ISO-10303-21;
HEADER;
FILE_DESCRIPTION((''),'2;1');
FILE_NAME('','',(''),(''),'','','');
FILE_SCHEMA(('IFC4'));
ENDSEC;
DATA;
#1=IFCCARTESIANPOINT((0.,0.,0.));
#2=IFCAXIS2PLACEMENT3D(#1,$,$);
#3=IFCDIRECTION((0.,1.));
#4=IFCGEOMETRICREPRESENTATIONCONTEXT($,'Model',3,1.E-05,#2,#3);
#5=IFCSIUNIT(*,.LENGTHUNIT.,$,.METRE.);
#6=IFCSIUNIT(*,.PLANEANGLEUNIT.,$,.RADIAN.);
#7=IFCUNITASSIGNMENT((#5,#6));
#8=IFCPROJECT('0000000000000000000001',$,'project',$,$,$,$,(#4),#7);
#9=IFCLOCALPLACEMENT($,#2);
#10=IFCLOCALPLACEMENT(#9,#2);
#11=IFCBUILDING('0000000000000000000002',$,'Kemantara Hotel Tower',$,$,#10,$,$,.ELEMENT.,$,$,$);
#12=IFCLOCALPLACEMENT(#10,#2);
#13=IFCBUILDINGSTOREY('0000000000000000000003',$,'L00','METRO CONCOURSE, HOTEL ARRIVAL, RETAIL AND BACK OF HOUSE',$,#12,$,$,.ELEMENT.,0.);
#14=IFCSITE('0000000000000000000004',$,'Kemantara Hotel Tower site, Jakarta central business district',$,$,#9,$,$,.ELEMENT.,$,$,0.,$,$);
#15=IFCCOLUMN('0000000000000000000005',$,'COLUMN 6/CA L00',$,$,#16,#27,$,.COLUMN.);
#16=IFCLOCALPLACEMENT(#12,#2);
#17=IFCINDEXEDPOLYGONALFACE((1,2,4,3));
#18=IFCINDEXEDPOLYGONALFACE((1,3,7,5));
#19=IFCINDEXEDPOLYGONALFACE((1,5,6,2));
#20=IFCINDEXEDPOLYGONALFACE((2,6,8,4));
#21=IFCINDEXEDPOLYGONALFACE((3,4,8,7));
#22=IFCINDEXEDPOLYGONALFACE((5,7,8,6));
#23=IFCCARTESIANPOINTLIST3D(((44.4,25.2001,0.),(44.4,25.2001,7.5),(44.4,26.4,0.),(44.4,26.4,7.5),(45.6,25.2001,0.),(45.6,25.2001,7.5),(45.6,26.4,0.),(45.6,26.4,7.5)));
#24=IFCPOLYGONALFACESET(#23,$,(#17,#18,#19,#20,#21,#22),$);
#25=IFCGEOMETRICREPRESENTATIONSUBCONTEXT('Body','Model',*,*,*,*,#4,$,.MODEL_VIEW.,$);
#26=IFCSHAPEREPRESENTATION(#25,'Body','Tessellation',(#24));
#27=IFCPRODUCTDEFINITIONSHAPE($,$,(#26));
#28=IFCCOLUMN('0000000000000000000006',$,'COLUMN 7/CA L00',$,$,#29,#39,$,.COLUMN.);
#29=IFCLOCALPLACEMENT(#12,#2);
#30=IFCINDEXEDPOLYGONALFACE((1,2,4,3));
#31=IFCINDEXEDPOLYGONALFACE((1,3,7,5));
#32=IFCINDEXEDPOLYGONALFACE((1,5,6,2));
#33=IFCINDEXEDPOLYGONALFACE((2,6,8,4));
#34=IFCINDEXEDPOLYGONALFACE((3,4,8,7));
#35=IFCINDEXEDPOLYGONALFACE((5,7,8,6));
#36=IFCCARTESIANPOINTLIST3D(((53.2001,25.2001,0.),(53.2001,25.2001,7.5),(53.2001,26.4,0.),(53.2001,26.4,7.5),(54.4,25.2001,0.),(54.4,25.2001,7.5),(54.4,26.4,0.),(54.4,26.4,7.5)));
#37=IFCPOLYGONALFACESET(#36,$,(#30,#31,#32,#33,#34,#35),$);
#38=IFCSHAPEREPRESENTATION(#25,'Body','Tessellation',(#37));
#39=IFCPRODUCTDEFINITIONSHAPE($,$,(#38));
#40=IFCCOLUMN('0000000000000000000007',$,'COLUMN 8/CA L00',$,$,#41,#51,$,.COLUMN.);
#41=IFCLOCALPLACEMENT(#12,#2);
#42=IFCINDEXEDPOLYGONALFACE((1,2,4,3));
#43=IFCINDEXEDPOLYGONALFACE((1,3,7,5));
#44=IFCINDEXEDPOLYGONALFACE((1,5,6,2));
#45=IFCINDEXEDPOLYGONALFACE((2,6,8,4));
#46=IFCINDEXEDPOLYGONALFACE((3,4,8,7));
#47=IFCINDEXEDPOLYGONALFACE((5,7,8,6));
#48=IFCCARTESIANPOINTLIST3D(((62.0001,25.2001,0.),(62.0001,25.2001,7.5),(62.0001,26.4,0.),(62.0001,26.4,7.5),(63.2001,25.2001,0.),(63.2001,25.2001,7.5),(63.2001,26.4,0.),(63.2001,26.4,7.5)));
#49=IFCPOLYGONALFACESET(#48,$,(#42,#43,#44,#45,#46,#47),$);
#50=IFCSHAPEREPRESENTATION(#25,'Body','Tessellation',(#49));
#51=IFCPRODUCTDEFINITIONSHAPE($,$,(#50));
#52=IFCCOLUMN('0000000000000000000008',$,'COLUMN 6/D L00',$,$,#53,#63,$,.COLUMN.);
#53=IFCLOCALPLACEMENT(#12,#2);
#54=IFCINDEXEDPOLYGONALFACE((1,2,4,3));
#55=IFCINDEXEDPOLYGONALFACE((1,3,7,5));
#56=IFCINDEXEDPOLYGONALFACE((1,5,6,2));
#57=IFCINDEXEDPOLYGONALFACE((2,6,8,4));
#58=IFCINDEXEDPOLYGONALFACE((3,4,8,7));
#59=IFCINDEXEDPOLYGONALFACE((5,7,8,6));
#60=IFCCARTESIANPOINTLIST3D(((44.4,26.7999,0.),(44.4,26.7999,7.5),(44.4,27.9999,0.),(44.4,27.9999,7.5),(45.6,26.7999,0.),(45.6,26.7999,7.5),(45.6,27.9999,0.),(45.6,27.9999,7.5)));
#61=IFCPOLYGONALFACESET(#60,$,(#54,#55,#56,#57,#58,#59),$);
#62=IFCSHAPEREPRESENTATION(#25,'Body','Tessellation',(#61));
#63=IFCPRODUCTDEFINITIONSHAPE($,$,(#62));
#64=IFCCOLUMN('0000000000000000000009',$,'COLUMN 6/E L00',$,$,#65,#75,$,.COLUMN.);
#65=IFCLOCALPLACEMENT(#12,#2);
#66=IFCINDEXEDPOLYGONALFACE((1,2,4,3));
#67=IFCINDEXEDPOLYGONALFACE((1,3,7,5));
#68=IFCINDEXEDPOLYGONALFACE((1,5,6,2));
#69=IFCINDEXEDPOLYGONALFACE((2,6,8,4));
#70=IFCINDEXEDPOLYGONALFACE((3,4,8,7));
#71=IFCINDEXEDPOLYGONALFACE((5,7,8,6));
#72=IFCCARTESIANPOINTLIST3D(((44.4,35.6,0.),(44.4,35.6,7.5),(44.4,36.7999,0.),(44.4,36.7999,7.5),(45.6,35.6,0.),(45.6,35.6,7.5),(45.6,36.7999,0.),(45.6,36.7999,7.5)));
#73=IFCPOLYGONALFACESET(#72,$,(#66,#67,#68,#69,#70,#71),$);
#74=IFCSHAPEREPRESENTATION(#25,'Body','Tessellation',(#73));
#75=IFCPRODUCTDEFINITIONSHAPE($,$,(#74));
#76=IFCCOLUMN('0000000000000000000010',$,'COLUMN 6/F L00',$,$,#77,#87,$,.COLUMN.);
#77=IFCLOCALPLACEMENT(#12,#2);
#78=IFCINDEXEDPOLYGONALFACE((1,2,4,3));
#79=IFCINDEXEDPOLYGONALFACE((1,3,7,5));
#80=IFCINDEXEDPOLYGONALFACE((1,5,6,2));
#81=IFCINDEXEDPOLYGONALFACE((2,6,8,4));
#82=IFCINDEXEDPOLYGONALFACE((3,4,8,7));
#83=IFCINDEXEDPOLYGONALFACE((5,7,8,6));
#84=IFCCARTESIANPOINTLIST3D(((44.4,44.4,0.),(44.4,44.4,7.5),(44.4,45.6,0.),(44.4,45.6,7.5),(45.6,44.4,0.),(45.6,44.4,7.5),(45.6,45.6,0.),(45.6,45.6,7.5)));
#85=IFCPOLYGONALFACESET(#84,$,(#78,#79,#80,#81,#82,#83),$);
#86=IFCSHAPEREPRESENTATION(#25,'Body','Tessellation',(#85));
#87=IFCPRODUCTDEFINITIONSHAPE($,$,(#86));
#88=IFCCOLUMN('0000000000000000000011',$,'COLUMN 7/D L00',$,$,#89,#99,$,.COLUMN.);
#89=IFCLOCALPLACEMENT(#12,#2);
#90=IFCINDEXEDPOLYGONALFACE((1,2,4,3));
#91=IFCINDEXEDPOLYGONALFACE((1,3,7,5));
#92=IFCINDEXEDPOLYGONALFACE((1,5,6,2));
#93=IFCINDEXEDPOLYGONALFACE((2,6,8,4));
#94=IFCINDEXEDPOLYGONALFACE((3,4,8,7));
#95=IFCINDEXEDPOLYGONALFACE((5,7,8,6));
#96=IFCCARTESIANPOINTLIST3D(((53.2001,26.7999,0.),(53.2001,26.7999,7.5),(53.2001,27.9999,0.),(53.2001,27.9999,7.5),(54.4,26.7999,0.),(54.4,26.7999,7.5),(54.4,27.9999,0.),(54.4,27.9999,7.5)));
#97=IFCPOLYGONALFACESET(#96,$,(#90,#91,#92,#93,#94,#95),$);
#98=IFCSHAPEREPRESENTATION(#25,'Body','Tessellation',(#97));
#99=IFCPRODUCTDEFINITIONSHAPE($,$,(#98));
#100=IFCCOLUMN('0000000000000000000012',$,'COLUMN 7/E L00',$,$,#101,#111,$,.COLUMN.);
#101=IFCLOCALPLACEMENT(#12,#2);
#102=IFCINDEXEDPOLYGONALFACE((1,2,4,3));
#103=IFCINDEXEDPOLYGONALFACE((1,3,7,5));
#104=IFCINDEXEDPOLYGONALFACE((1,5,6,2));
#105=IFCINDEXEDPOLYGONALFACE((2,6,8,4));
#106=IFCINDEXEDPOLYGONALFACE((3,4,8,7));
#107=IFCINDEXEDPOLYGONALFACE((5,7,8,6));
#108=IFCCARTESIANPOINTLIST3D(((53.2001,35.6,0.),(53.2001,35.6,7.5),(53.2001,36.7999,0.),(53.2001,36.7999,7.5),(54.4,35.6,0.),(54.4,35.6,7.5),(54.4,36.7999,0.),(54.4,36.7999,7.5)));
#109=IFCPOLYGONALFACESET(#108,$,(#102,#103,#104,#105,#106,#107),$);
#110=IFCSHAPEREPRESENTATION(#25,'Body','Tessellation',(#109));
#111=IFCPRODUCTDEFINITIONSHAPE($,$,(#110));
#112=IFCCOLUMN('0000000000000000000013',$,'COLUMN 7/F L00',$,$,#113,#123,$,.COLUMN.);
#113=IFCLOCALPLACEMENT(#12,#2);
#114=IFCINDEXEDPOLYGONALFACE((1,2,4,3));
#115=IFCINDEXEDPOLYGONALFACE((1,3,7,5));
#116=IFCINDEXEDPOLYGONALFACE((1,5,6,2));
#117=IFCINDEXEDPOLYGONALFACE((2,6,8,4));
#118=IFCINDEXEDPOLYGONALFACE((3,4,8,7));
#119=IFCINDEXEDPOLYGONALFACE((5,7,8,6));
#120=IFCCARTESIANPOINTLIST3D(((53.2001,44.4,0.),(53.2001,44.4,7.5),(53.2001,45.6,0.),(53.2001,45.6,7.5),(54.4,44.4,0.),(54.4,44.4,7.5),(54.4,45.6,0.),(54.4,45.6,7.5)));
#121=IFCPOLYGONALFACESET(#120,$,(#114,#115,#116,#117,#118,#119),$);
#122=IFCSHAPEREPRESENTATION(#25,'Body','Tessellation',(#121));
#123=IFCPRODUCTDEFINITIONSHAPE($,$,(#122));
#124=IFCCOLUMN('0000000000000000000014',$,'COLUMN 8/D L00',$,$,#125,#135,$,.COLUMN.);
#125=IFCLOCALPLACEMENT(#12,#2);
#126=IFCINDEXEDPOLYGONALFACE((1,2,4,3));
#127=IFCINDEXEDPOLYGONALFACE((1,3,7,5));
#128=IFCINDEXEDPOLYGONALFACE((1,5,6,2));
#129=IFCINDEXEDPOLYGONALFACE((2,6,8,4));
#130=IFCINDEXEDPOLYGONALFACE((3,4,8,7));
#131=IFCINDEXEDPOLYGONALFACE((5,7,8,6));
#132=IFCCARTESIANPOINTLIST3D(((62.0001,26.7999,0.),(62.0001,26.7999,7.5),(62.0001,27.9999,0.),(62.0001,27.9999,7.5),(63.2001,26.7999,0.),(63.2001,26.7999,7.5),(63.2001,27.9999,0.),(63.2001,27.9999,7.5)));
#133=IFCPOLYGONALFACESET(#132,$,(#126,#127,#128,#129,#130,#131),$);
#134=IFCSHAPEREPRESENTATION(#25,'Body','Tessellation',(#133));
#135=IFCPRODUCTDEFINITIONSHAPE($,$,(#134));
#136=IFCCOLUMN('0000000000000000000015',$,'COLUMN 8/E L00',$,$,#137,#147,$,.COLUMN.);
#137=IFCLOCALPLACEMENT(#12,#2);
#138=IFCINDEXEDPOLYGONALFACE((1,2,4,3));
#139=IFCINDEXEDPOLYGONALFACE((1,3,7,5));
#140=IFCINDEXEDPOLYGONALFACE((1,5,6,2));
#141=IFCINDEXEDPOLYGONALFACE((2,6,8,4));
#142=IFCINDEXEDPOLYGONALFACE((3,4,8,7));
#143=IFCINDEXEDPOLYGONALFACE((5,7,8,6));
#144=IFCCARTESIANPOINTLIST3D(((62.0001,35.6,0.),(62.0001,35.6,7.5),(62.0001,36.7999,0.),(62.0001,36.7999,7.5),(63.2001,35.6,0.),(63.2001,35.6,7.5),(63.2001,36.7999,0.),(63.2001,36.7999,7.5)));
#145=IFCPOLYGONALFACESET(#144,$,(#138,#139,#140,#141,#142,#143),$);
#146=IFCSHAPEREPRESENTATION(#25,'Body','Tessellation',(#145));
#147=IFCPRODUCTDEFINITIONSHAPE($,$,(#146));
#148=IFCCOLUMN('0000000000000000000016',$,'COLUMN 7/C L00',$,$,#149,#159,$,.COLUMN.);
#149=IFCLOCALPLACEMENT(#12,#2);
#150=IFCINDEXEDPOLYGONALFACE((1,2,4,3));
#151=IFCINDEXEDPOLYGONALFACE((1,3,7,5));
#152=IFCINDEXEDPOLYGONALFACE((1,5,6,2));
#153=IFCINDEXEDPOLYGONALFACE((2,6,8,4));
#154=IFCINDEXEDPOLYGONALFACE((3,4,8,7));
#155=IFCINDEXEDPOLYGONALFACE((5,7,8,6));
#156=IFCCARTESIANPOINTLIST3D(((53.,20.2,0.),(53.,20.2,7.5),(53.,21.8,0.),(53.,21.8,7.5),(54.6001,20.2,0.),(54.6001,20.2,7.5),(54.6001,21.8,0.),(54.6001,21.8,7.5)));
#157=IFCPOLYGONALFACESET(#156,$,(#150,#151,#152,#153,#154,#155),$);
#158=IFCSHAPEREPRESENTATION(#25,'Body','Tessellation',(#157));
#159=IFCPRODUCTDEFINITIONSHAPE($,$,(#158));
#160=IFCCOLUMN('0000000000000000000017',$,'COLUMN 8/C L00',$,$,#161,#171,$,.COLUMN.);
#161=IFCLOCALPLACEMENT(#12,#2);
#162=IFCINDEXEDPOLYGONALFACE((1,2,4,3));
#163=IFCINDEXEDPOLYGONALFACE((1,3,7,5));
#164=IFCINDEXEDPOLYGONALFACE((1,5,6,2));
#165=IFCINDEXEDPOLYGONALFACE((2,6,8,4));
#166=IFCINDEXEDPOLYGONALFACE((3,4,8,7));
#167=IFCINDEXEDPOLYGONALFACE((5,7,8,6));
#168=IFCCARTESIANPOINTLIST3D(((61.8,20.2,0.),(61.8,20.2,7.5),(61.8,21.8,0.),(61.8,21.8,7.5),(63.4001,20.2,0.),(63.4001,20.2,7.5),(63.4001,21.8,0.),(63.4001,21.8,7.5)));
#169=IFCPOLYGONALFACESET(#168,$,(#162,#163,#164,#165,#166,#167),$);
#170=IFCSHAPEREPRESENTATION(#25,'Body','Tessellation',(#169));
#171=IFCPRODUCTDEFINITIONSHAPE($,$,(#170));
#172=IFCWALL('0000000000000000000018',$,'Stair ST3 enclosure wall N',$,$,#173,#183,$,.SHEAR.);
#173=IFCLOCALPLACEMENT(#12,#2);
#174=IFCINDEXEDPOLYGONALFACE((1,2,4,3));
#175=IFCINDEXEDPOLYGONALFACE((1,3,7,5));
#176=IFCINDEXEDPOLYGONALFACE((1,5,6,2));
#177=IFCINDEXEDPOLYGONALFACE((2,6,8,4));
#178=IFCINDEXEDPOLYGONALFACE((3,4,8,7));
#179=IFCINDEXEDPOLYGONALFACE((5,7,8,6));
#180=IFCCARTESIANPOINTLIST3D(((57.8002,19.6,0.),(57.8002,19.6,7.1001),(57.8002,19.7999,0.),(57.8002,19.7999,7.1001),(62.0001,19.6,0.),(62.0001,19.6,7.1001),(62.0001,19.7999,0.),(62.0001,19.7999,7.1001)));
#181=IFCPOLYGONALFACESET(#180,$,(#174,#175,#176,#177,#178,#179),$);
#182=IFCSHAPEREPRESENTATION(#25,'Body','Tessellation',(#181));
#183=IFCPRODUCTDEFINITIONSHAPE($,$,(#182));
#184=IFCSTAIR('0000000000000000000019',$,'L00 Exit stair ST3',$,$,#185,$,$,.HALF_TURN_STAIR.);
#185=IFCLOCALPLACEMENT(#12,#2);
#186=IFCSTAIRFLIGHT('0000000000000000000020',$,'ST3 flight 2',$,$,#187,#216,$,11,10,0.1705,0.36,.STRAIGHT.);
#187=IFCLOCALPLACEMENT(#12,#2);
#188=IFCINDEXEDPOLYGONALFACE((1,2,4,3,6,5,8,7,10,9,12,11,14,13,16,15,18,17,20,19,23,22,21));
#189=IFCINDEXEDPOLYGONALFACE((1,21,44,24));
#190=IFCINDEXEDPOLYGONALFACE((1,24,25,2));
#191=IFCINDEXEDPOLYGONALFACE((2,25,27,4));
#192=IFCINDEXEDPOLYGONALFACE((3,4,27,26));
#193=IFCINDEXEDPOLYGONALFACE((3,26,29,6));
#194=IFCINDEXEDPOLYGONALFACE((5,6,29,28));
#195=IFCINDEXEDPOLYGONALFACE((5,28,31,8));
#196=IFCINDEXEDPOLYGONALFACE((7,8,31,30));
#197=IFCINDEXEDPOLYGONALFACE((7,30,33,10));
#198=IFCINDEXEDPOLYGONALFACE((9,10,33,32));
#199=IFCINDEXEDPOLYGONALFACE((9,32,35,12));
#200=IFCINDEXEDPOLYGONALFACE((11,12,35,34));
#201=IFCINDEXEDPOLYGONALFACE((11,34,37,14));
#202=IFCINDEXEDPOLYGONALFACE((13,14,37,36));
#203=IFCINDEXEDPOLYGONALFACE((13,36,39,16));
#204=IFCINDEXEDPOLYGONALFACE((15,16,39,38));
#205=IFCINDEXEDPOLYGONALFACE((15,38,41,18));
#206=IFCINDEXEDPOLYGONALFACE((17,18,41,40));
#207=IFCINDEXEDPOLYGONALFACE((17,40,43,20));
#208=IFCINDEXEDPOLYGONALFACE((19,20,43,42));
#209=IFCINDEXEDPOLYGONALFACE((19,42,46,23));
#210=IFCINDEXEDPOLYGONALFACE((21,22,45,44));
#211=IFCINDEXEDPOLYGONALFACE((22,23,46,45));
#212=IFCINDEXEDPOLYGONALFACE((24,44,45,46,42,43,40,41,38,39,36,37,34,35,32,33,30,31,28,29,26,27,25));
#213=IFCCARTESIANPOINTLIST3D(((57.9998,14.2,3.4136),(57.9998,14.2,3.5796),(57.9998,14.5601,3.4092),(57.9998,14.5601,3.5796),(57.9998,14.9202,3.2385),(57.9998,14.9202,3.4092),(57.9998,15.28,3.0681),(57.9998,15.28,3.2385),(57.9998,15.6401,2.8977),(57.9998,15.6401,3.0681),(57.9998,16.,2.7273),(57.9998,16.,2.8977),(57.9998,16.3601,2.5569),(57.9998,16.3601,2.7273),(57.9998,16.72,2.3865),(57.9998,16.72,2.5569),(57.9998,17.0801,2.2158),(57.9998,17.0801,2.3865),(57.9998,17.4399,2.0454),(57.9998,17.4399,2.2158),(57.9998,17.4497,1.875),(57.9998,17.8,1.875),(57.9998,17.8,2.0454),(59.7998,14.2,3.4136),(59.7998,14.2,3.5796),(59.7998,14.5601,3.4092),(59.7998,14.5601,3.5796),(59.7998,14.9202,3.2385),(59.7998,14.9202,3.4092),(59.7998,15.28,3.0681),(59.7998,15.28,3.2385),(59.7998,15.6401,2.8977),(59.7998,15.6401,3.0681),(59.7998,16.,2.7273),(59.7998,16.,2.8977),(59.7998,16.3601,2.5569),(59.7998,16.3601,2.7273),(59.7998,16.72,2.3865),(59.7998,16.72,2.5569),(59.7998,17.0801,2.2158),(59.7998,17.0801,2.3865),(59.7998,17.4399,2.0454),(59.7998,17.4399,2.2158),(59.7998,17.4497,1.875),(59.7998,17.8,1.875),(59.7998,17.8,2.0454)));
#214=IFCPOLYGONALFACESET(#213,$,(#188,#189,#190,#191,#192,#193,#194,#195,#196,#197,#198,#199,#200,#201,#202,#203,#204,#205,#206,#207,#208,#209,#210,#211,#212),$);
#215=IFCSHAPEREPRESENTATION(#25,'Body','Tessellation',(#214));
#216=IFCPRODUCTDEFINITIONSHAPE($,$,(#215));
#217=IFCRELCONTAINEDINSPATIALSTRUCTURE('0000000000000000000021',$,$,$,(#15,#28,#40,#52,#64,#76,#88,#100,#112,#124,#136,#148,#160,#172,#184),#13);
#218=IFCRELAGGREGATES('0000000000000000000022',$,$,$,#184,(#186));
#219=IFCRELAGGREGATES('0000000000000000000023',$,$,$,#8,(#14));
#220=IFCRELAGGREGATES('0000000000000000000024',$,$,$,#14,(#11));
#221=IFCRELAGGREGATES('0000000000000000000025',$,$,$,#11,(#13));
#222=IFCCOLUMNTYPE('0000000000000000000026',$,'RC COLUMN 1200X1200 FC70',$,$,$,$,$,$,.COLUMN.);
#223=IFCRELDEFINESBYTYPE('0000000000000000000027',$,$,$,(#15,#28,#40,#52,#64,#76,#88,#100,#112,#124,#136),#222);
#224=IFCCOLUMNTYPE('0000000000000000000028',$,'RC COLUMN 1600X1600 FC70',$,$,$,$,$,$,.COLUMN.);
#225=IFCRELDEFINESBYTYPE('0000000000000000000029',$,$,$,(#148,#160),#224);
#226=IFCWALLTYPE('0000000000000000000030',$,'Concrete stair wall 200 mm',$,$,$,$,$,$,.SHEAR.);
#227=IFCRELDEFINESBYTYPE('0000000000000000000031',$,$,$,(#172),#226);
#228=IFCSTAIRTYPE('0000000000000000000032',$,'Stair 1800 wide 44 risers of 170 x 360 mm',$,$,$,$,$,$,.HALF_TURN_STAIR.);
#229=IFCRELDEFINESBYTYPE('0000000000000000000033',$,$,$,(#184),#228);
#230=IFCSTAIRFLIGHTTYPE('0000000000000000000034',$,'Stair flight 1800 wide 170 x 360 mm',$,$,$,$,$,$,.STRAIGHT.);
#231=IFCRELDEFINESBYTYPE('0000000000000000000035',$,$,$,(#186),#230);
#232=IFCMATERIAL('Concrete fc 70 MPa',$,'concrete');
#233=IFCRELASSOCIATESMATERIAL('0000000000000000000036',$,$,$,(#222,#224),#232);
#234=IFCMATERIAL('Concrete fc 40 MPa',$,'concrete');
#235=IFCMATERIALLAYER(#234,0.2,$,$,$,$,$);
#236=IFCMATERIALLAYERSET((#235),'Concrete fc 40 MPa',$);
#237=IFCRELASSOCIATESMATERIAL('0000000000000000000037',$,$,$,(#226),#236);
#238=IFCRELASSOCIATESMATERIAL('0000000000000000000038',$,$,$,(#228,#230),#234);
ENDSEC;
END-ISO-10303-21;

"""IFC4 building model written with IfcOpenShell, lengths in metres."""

from ifc_helpers import new_model, si_unit, direction, frame, frame_2d, origin, origin_2d, place, context, subcontext, project, spatial, polyline, rectangle, outline, extrude, material, layer, layer_set, material_profile, profile_set, type_object, element, aggregate, save


model = new_model("IFC4")

# Units and contexts
model_context = context("Model", 3, precision=1e-05, world=origin(), true_north=direction((0.0, 1.0)))
body_context = subcontext(model_context, "Body", "Model", "MODEL_VIEW")
ifc_project = project(units=[si_unit("LENGTHUNIT", "METRE"), si_unit("PLANEANGLEUNIT", "RADIAN")], contexts=[model_context])

# Site, building, storey
site_placement = place(None, origin())
site = spatial("IfcSite", under=ifc_project, at=site_placement, Name="Kemantara Hotel Tower site, Jakarta central business district", CompositionType="ELEMENT", RefElevation=0.0)
building_placement = place(site_placement, origin())
building = spatial("IfcBuilding", under=site, at=building_placement, Name="Kemantara Hotel Tower", CompositionType="ELEMENT")
storey_placement = place(building_placement, origin())
storey = spatial("IfcBuildingStorey", under=building, at=storey_placement, Name="L00", Description="METRO CONCOURSE, HOTEL ARRIVAL, RETAIL AND BACK OF HOUSE", CompositionType="ELEMENT", Elevation=0.0)

# Columns
ifc_material_1 = material(Name="Concrete fc 70 MPa", Category="concrete")
ifc_material_profile_1 = material_profile(ifc_material_1, rectangle(XDim=1.2, YDim=1.2, at=origin_2d()), Name="RC 1200X1200")
ifc_profile_set_1 = profile_set([ifc_material_profile_1], Name="Concrete fc 70 MPa")
column_type_1 = type_object("IfcColumnType", Name="RC COLUMN 1200X1200 FC70", PredefinedType="COLUMN", material=ifc_profile_set_1)
for number, where, z_axis, x_axis, name in (
    (1, (45.0, 25.8, 0.0), (0.0, 0.0, 1.0), (1.0, 0.0, 0.0), "COLUMN 6/CA L00"),
    (2, (53.8, 25.8, 0.0), (0.0, 0.0, 1.0), (1.0, 0.0, 0.0), "COLUMN 7/CA L00"),
    (3, (62.6001, 25.8, 0.0), (0.0, 0.0, 1.0), (1.0, 0.0, 0.0), "COLUMN 8/CA L00"),
    (4, (45.0, 27.3999, 0.0), (0.0, 0.0, 1.0), (1.0, 0.0, 0.0), "COLUMN 6/D L00"),
    (5, (45.0, 36.2, 0.0), (0.0, 0.0, 1.0), (1.0, 0.0, 0.0), "COLUMN 6/E L00"),
    (6, (45.0, 45.0, 0.0), (0.0, 0.0, 1.0), (1.0, 0.0, 0.0), "COLUMN 6/F L00"),
    (7, (53.8, 27.3999, 0.0), (0.0, 0.0, 1.0), (1.0, 0.0, 0.0), "COLUMN 7/D L00"),
    (8, (53.8, 36.2, 0.0), (0.0, 0.0, 1.0), (1.0, 0.0, 0.0), "COLUMN 7/E L00"),
    (9, (53.8, 45.0, 0.0), (0.0, 0.0, 1.0), (1.0, 0.0, 0.0), "COLUMN 7/F L00"),
    (10, (62.6001, 27.3999, 0.0), (0.0, 0.0, 1.0), (1.0, 0.0, 0.0), "COLUMN 8/D L00"),
    (11, (62.6001, 36.2, 0.0), (0.0, 0.0, 1.0), (1.0, 0.0, 0.0), "COLUMN 8/E L00"),
):
    element("IfcColumn", number, at=place(storey_placement, frame(where, z_axis=z_axis, x_axis=x_axis)), inside=storey, type_object=column_type_1, Name=name, PredefinedType="COLUMN", context=body_context, shape_type="SweptSolid", body=[
        extrude(rectangle(XDim=1.2, YDim=1.2, at=origin_2d()), origin(), (0.0, 0.0, 1.0), 7.5),
    ])
ifc_material_profile_2 = material_profile(ifc_material_1, rectangle(XDim=1.6001, YDim=1.6001, at=origin_2d()), Name="RC 1600X1600")
ifc_profile_set_2 = profile_set([ifc_material_profile_2], Name="Concrete fc 70 MPa")
column_type_2 = type_object("IfcColumnType", Name="RC COLUMN 1600X1600 FC70", PredefinedType="COLUMN", material=ifc_profile_set_2)
for number, where, z_axis, x_axis, name in (
    (12, (53.8, 21.0, 0.0), (0.0, 0.0, 1.0), (1.0, 0.0, 0.0), "COLUMN 7/C L00"),
    (13, (62.6001, 21.0, 0.0), (0.0, 0.0, 1.0), (1.0, 0.0, 0.0), "COLUMN 8/C L00"),
):
    element("IfcColumn", number, at=place(storey_placement, frame(where, z_axis=z_axis, x_axis=x_axis)), inside=storey, type_object=column_type_2, Name=name, PredefinedType="COLUMN", context=body_context, shape_type="SweptSolid", body=[
        extrude(rectangle(XDim=1.6001, YDim=1.6001, at=origin_2d()), origin(), (0.0, 0.0, 1.0), 7.5),
    ])

# Wall
ifc_material_2 = material(Name="Concrete fc 40 MPa", Category="concrete")
ifc_layer = layer(ifc_material_2, 0.2)
ifc_layer_set = layer_set([ifc_layer], Name="Concrete fc 40 MPa")
wall_type = type_object("IfcWallType", Name="Concrete stair wall 200 mm", PredefinedType="SHEAR", material=ifc_layer_set)
wall_placement = place(storey_placement, frame((57.8, 19.7, 0.0), z_axis=(0.0, 0.0, 1.0), x_axis=(1.0, 0.0, 0.0)))
element("IfcWall", 14, at=wall_placement, inside=storey, type_object=wall_type, Name="Stair ST3 enclosure wall N", PredefinedType="SHEAR", context=body_context, shape_type="SweptSolid", body=[
    extrude(rectangle(XDim=4.2, YDim=0.2, at=frame_2d((2.1001, 0.0))), origin(), (0.0, 0.0, 1.0), 7.1001),
])

# Stair, stair flight
stair_type = type_object("IfcStairType", Name="Stair 1800 wide 44 risers of 170 x 360 mm", PredefinedType="HALF_TURN_STAIR", material=ifc_material_2)
stair_placement = place(storey_placement, origin())
stair = element("IfcStair", 15, at=stair_placement, inside=storey, type_object=stair_type, Name="L00 Exit stair ST3", PredefinedType="HALF_TURN_STAIR")
stair_flight_type = type_object("IfcStairFlightType", Name="Stair flight 1800 wide 170 x 360 mm", PredefinedType="STRAIGHT", material=ifc_material_2)
stair_flight_1_placement = place(storey_placement, frame((58.8999, 17.8, 1.875), z_axis=(0.0, 0.0, 1.0), x_axis=(0.0, -1.0, 0.0)))
stair_flight_1 = element("IfcStairFlight", 16, at=stair_flight_1_placement, type_object=stair_flight_type, Name="ST3 flight 2", NumberOfRisers=11, NumberOfTreads=10, PredefinedType="STRAIGHT", RiserHeight=0.1705, TreadLength=0.36, context=body_context, shape_type="SweptSolid", body=[
    extrude(outline(polyline([(0.0, 0.0), (0.0, 0.1704), (0.3601, 0.1704), (0.3601, 0.3408), (0.72, 0.3408), (0.72, 0.5115), (1.0801, 0.5115), (1.0801, 0.6819), (1.4399, 0.6819), (1.4399, 0.8523), (1.8, 0.8523), (1.8, 1.0227), (2.1599, 1.0227), (2.1599, 1.1931), (2.52, 1.1931), (2.52, 1.3635), (2.8799, 1.3635), (2.8799, 1.5342), (3.24, 1.5342), (3.24, 1.7046), (3.6001, 1.7046), (3.6001, 1.875), (3.6001, 1.5386), (0.3503, 0.0), (0.0, 0.0)])), frame((0.0, 0.8999, 0.0), z_axis=(0.0, -1.0, 0.0), x_axis=(1.0, 0.0, 0.0)), (0.0, 0.0, 1.0), 1.8),
])
aggregate(stair, [stair_flight_1])

save(model, "model.ifc")
